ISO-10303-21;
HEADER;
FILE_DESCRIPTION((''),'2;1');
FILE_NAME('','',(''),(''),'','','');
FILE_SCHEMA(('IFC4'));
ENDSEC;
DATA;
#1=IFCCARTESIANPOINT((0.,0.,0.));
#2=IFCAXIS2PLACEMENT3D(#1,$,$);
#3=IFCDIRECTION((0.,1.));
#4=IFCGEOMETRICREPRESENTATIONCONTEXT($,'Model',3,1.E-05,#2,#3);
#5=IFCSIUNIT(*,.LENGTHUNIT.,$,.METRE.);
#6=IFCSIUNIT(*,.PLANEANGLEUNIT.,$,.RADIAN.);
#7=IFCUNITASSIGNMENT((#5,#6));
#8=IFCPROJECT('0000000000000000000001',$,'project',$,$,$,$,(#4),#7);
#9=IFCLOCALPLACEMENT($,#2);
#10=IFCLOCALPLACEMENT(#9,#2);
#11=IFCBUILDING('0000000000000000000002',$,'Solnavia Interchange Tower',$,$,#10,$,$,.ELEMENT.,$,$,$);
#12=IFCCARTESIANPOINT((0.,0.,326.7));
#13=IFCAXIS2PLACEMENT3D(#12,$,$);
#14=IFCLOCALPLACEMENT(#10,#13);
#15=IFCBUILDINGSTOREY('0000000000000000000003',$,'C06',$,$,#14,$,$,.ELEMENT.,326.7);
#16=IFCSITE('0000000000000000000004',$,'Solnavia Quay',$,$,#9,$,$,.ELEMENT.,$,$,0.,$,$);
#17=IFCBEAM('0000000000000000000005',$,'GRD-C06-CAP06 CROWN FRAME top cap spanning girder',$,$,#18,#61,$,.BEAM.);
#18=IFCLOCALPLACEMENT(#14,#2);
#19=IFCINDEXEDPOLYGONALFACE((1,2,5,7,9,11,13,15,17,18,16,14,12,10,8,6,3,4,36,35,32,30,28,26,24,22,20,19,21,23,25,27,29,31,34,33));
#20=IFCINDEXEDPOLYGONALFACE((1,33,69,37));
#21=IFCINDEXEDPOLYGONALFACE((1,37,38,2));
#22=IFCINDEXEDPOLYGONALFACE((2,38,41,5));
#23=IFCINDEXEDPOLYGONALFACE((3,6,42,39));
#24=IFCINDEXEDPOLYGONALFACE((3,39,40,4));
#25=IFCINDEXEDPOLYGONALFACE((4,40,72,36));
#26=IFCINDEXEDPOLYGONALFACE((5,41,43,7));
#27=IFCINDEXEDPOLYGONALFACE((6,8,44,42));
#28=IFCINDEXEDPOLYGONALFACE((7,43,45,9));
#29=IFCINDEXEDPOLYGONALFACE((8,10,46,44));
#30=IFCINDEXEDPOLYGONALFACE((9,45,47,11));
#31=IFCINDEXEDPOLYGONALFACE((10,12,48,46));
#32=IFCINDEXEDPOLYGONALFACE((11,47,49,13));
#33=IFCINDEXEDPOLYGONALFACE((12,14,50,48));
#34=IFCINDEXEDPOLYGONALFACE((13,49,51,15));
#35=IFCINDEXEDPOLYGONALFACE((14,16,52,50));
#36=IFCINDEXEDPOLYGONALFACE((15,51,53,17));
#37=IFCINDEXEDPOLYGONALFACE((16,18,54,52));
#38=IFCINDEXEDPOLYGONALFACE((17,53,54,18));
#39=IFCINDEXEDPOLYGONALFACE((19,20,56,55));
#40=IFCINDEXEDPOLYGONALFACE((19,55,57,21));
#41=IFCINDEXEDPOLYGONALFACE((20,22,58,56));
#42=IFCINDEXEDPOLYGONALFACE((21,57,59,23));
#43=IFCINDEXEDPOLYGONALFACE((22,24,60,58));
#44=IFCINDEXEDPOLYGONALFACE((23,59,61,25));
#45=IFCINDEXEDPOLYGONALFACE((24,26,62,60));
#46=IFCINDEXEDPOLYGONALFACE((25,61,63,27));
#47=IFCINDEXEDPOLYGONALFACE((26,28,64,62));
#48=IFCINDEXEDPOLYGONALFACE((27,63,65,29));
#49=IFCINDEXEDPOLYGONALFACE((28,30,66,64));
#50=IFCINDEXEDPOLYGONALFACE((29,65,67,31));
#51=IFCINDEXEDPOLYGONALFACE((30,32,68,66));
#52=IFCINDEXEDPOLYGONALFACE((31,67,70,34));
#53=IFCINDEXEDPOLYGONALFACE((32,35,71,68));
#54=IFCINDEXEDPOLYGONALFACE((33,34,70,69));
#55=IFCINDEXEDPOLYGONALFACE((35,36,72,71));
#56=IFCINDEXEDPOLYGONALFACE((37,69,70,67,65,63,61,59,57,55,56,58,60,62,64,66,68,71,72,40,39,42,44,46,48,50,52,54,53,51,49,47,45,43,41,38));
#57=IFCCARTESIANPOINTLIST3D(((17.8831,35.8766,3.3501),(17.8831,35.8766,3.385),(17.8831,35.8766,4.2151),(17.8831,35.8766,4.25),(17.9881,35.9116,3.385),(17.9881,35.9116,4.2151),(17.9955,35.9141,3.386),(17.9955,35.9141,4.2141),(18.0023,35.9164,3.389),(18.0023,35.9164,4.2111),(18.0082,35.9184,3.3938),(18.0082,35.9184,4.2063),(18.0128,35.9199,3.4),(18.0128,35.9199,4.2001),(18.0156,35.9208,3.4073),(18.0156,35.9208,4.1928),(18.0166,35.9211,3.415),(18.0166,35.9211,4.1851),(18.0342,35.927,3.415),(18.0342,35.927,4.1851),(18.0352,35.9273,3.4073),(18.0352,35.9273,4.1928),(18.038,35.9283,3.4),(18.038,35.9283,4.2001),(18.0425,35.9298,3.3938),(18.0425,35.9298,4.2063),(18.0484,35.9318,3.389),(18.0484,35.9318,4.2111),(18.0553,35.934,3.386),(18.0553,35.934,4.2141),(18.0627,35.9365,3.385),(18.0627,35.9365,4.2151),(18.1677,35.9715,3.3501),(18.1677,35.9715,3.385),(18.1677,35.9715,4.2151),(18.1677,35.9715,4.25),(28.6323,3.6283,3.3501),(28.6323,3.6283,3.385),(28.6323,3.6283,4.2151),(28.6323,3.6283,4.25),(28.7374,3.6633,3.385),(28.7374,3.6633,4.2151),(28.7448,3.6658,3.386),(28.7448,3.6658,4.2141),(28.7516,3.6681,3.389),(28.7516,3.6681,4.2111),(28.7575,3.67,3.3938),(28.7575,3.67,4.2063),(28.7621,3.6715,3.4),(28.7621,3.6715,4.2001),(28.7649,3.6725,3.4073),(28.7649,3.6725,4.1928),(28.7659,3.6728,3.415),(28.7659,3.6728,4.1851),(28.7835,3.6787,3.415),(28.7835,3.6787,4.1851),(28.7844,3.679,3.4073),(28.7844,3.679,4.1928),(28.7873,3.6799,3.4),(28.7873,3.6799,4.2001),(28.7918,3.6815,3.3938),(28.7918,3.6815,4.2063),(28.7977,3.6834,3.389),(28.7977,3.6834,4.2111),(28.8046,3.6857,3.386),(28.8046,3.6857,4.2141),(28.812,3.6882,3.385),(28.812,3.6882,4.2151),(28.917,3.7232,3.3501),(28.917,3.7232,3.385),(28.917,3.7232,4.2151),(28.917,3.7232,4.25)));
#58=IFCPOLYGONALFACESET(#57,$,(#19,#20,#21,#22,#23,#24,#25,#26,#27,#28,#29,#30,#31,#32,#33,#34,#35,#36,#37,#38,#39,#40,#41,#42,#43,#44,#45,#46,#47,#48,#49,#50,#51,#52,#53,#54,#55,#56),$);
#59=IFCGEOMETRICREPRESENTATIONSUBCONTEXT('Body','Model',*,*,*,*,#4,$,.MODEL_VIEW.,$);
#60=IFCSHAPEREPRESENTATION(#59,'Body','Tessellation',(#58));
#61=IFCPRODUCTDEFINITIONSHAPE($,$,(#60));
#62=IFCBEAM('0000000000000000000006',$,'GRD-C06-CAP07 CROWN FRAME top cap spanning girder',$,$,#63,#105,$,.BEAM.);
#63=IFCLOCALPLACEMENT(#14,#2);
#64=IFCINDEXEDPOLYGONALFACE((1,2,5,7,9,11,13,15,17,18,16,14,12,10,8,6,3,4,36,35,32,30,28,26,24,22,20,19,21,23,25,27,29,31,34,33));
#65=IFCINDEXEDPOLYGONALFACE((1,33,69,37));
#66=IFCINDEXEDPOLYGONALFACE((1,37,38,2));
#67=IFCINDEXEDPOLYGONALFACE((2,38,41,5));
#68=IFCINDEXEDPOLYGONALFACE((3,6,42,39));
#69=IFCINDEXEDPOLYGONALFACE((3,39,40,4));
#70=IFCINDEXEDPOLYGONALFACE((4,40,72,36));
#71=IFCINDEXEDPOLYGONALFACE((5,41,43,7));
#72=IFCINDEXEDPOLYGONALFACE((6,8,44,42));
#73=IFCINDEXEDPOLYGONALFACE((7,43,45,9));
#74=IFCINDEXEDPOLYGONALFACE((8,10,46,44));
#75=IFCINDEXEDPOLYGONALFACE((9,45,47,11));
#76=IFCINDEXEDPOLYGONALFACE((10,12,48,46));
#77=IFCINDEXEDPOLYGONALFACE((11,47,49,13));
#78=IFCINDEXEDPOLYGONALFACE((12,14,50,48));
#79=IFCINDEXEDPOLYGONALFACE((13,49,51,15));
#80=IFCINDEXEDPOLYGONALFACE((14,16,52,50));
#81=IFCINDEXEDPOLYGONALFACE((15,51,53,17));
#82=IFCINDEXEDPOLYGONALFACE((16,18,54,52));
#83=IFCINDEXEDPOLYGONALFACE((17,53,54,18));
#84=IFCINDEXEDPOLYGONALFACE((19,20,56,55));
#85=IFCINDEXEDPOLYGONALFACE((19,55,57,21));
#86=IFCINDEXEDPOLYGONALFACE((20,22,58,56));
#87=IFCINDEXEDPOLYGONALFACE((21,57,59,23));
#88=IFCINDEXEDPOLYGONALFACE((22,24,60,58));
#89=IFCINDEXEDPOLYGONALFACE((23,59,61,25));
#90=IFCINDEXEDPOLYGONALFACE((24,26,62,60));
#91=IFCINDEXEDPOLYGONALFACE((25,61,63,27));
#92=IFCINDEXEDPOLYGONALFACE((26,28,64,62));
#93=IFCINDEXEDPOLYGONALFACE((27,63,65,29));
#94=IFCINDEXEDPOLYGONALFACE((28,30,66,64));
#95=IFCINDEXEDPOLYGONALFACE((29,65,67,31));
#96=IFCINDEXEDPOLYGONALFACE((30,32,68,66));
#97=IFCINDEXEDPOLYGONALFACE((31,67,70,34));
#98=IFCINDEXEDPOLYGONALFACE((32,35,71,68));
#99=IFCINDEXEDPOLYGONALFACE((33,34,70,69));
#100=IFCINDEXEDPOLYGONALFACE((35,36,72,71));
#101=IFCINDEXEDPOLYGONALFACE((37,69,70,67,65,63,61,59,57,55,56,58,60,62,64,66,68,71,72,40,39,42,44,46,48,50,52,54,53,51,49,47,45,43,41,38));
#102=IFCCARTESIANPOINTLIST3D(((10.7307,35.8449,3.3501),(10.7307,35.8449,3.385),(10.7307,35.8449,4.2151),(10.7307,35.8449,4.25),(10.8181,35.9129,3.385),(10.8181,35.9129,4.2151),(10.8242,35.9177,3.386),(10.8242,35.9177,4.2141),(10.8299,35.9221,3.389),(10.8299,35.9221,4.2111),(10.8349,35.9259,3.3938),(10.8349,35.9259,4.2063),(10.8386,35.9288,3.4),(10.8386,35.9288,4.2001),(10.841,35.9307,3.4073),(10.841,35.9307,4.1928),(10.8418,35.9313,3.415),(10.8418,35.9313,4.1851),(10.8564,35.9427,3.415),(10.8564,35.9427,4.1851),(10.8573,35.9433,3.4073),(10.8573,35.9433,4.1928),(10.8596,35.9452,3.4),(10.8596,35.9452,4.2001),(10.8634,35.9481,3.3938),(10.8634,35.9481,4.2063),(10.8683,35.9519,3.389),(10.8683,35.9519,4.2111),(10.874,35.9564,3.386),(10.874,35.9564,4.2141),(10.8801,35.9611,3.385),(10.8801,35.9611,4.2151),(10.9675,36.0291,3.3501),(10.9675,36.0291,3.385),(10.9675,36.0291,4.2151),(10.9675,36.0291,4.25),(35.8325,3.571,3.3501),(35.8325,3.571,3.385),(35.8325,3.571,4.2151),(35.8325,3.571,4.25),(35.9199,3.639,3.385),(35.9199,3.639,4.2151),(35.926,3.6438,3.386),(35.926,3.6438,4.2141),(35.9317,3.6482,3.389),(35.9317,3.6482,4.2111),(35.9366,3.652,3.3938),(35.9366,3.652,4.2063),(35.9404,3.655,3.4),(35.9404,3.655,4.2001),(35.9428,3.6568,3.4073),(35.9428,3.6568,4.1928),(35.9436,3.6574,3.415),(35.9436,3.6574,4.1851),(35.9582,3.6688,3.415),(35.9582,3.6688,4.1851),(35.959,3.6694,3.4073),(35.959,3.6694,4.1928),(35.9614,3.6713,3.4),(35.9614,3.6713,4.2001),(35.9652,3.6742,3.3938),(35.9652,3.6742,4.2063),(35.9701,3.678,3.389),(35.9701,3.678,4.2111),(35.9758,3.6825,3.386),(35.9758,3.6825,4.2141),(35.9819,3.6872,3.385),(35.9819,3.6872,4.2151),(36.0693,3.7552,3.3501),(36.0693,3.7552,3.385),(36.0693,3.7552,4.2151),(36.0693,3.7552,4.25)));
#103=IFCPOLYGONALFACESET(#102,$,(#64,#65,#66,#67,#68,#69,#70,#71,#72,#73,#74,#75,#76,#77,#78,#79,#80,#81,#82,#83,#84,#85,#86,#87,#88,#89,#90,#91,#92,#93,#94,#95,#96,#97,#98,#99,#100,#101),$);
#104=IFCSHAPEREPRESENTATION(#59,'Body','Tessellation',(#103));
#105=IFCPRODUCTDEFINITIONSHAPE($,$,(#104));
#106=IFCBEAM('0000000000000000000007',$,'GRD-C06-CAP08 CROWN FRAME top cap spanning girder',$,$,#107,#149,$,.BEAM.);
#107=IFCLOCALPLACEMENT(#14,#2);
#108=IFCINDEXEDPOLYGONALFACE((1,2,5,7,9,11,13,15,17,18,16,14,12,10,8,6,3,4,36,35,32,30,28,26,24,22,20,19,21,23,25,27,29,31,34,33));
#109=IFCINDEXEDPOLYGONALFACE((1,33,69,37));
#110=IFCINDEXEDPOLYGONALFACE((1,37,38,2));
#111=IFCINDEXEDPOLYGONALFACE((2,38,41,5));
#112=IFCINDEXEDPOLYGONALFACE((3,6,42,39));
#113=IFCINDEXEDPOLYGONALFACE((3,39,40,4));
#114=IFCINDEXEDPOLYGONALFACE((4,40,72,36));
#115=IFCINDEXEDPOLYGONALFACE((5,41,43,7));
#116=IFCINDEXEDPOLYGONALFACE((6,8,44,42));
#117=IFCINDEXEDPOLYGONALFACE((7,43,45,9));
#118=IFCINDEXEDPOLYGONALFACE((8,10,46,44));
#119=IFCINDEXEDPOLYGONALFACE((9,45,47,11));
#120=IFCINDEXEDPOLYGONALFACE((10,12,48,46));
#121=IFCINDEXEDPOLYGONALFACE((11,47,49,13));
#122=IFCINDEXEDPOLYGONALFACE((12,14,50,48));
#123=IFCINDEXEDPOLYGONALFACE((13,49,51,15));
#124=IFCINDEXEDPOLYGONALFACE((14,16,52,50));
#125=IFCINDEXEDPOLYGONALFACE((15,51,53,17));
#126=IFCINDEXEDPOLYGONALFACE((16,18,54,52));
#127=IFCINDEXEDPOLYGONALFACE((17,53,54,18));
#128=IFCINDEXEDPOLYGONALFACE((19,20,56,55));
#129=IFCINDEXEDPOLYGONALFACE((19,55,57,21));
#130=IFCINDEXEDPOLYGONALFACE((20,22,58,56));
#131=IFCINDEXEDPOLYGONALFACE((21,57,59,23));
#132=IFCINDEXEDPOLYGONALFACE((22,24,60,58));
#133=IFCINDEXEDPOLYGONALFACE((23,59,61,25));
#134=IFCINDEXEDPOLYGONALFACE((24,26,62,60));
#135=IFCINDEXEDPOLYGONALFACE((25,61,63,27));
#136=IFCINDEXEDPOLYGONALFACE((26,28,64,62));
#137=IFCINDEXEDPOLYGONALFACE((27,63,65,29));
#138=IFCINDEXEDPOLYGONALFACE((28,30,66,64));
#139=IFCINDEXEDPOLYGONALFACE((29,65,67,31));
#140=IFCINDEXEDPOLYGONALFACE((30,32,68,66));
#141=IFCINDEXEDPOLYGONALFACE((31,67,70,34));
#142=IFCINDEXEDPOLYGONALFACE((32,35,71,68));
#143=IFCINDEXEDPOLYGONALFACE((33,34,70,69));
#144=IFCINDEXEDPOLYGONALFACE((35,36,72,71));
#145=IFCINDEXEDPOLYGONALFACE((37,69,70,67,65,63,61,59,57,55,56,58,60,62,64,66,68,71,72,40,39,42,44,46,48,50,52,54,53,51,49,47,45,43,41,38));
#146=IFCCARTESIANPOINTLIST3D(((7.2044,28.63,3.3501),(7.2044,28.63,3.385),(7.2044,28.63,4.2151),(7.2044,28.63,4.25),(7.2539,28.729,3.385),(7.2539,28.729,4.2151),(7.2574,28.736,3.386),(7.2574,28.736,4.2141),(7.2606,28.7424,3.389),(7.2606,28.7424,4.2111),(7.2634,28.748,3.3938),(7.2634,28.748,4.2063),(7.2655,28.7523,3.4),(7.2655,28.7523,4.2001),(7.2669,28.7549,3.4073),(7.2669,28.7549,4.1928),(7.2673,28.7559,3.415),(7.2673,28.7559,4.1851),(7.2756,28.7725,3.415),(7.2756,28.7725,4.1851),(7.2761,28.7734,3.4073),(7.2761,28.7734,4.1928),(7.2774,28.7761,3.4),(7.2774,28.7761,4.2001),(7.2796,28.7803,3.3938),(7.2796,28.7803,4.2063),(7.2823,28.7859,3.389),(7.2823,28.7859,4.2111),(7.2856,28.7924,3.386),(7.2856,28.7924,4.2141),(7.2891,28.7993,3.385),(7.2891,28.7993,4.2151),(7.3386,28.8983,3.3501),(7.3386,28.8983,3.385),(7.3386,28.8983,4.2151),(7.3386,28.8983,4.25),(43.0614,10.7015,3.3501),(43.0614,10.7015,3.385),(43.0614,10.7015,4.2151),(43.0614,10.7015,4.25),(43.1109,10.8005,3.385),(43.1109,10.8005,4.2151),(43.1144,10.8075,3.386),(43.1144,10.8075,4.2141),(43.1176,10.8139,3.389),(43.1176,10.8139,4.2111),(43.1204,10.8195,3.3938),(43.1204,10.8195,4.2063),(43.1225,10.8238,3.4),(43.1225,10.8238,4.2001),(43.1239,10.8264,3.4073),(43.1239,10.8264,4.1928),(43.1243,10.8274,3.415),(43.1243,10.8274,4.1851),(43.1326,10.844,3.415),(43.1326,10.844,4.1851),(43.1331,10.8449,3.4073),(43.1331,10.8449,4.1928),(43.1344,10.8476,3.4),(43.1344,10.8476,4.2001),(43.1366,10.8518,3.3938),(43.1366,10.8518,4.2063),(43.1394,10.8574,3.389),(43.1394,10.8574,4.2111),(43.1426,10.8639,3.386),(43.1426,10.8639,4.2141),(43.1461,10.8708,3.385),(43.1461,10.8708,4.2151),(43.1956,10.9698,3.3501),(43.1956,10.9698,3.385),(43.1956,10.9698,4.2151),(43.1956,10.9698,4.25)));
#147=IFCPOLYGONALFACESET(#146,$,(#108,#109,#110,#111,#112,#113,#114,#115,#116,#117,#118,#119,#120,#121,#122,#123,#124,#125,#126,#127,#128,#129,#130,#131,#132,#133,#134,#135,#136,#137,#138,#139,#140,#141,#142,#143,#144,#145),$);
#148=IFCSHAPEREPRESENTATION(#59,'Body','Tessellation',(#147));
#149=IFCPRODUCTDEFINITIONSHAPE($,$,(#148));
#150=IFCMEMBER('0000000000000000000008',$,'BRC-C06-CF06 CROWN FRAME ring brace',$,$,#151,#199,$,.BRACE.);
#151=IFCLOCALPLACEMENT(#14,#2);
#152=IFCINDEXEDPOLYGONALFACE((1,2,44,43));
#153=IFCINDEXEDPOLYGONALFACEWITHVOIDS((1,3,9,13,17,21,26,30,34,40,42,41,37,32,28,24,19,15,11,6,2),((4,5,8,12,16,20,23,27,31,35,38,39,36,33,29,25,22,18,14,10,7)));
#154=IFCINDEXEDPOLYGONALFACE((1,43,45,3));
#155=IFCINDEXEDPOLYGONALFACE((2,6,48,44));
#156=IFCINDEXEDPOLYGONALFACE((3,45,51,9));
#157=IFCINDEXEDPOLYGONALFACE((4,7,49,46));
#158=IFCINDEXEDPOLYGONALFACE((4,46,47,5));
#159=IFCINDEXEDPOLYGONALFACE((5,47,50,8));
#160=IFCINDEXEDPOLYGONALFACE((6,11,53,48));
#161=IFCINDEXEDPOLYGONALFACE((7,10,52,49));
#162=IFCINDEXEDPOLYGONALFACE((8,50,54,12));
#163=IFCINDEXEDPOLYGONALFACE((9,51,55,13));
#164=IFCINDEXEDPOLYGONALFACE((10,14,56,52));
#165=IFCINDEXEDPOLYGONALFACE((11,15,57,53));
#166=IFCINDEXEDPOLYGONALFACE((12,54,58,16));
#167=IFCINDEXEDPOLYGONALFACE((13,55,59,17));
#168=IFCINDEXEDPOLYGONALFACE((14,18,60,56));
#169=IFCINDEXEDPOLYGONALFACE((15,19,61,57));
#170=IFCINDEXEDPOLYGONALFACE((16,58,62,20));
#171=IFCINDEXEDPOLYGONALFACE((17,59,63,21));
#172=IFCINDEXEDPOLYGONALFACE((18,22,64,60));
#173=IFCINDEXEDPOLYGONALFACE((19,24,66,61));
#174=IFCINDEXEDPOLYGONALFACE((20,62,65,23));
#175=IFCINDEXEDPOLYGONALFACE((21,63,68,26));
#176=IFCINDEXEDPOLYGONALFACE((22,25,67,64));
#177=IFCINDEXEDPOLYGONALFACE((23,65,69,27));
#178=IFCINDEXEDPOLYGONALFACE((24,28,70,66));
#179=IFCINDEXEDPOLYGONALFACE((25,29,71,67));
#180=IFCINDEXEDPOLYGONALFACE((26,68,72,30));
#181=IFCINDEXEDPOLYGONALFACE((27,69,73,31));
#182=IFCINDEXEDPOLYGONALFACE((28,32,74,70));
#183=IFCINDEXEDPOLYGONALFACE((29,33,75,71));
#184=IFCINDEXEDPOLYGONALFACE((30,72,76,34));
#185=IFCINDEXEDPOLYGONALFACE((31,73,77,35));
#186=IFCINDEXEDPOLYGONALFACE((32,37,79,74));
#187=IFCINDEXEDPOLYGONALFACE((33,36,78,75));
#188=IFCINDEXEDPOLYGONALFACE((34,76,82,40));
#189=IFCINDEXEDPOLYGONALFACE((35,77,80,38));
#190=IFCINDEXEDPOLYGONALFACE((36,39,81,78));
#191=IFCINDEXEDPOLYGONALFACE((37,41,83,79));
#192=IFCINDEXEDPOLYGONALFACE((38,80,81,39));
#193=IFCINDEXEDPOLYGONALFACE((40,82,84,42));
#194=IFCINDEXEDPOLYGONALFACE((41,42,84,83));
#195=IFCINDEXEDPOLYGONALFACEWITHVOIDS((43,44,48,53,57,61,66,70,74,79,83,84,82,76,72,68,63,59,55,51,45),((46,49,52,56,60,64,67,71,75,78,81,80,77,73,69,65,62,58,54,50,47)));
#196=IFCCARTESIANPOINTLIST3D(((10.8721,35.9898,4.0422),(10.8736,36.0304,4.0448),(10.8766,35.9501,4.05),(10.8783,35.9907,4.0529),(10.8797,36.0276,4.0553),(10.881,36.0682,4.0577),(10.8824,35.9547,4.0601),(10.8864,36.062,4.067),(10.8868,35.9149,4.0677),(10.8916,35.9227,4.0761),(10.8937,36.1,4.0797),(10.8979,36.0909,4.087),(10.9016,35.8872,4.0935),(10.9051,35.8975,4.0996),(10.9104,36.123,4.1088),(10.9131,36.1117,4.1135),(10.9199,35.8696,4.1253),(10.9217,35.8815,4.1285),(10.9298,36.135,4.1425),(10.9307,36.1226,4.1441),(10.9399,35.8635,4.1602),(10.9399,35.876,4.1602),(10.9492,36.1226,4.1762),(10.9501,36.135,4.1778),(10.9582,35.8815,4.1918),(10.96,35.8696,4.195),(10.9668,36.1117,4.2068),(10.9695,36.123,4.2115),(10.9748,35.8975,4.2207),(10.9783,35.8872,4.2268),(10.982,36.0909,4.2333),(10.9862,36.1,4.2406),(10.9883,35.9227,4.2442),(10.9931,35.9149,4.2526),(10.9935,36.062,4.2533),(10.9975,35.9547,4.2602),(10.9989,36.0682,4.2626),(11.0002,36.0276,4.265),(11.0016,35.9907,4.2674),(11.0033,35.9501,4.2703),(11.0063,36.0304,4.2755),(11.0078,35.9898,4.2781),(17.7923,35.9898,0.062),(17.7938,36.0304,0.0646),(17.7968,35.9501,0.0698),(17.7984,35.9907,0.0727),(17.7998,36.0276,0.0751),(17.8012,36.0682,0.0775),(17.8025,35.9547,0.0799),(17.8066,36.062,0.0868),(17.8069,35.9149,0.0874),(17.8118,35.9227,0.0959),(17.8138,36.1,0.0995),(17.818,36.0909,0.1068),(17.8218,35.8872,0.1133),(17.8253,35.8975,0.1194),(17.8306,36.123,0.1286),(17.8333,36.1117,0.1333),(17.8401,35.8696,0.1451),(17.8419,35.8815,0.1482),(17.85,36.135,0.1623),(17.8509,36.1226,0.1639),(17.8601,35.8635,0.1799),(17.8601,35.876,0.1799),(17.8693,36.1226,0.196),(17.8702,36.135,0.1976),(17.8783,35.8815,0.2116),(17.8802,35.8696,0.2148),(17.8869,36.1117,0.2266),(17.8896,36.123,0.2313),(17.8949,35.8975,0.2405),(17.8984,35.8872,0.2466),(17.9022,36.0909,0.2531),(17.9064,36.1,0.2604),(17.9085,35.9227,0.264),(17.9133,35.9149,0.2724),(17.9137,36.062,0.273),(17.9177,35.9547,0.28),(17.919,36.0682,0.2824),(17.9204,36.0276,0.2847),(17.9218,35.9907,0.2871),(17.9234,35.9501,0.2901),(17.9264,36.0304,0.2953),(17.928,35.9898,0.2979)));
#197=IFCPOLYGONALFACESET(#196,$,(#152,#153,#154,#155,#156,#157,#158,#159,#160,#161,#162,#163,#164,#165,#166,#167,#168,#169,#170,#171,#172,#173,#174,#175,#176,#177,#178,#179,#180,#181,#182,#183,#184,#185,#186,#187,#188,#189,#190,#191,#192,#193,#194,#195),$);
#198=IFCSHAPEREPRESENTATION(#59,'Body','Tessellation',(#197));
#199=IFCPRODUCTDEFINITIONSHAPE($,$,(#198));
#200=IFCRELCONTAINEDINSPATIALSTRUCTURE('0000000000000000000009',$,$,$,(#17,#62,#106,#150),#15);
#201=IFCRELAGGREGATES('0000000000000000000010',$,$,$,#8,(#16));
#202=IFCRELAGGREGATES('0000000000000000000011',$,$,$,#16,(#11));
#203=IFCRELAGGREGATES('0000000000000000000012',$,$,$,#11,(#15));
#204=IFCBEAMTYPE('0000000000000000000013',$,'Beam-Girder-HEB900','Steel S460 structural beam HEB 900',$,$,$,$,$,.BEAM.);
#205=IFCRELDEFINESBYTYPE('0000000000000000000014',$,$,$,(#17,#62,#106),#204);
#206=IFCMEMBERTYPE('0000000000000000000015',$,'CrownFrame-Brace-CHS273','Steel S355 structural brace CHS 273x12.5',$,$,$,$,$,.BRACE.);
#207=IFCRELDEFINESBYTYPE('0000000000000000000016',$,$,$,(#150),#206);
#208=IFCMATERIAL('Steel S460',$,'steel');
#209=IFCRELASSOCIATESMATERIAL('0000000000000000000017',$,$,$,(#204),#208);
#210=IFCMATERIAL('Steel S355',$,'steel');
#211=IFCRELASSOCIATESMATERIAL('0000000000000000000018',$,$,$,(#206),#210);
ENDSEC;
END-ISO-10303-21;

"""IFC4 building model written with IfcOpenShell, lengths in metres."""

from ifc_helpers import new_model, si_unit, direction, frame, origin, origin_2d, place, context, subcontext, project, spatial, hollow_circle, i_section, extrude, material, material_profile, profile_set, type_object, element, save


model = new_model("IFC4")

# Units and contexts
model_context = context("Model", 3, precision=1e-05, world=origin(), true_north=direction((0.0, 1.0)))
body_context = subcontext(model_context, "Body", "Model", "MODEL_VIEW")
ifc_project = project(units=[si_unit("LENGTHUNIT", "METRE"), si_unit("PLANEANGLEUNIT", "RADIAN")], contexts=[model_context])

# Site, building, storey
site_placement = place(None, origin())
site = spatial("IfcSite", under=ifc_project, at=site_placement, Name="Solnavia Quay", CompositionType="ELEMENT", RefElevation=0.0)
building_placement = place(site_placement, origin())
building = spatial("IfcBuilding", under=site, at=building_placement, Name="Solnavia Interchange Tower", CompositionType="ELEMENT")
storey_placement = place(building_placement, frame((0.0, 0.0, 326.7)))
storey = spatial("IfcBuildingStorey", under=building, at=storey_placement, Name="C06", CompositionType="ELEMENT", Elevation=326.7)

# Shared definitions
ifc_material_1 = material(Name="Steel S460", Category="steel")

# Beams
ifc_material_profile_1 = material_profile(ifc_material_1, i_section(OverallWidth=0.3, OverallDepth=0.8999, WebThickness=0.0186, FlangeThickness=0.0349, FilletRadius=0.03, at=origin_2d()), Name="HEB 900")
ifc_profile_set_1 = profile_set([ifc_material_profile_1], Name="Steel S460")
beam_type_1 = type_object("IfcBeamType", Name="Beam-Girder-HEB900", Description="Steel S460 structural beam HEB 900", PredefinedType="BEAM", material=ifc_profile_set_1)
beam_1_placement = place(storey_placement, frame((18.0254, 35.9241, 3.8), z_axis=(0.316223, -0.948685, 0.0), x_axis=(0.948685, 0.316223, 0.0)))
element("IfcBeam", 1, at=beam_1_placement, inside=storey, type_object=beam_type_1, Name="GRD-C06-CAP06 CROWN FRAME top cap spanning girder", PredefinedType="BEAM", context=body_context, shape_type="SweptSolid", body=[
    extrude(i_section(OverallWidth=0.3, OverallDepth=0.8999, WebThickness=0.0186, FlangeThickness=0.0349, FilletRadius=0.03, at=origin_2d()), origin(), (0.0, 0.0, 1.0), 33.9927),
])
beam_2_placement = place(storey_placement, frame((10.8491, 35.937, 3.8), z_axis=(0.613939, -0.789354, 0.0), x_axis=(0.789354, 0.613939, 0.0)))
element("IfcBeam", 2, at=beam_2_placement, inside=storey, type_object=beam_type_1, Name="GRD-C06-CAP07 CROWN FRAME top cap spanning girder", PredefinedType="BEAM", context=body_context, shape_type="SweptSolid", body=[
    extrude(i_section(OverallWidth=0.3, OverallDepth=0.8999, WebThickness=0.0186, FlangeThickness=0.0349, FilletRadius=0.03, at=origin_2d()), origin(), (0.0, 0.0, 1.0), 40.8865),
])
beam_3_placement = place(storey_placement, frame((7.2715, 28.7642, 3.8), z_axis=(0.894427, -0.447214, 0.0), x_axis=(0.447214, 0.894427, 0.0)))
element("IfcBeam", 3, at=beam_3_placement, inside=storey, type_object=beam_type_1, Name="GRD-C06-CAP08 CROWN FRAME top cap spanning girder", PredefinedType="BEAM", context=body_context, shape_type="SweptSolid", body=[
    extrude(i_section(OverallWidth=0.3, OverallDepth=0.8999, WebThickness=0.0186, FlangeThickness=0.0349, FilletRadius=0.03, at=origin_2d()), origin(), (0.0, 0.0, 1.0), 40.0894),
])

# Member
ifc_material_2 = material(Name="Steel S355", Category="steel")
ifc_material_profile_2 = material_profile(ifc_material_2, hollow_circle(Radius=0.1365, WallThickness=0.0125, at=origin_2d()), Name="CHS 273x12.5")
ifc_profile_set_2 = profile_set([ifc_material_profile_2], Name="Steel S355")
member_type = type_object("IfcMemberType", Name="CrownFrame-Brace-CHS273", Description="Steel S355 structural brace CHS 273x12.5", PredefinedType="BRACE", material=ifc_profile_set_2)
member_1_placement = place(storey_placement, frame((17.8601, 36.0, 0.1799), z_axis=(-0.866845, 0.0, 0.498577), x_axis=(0.0, -1.0, 0.0)))
element("IfcMember", 4, at=member_1_placement, inside=storey, type_object=member_type, Name="BRC-C06-CF06 CROWN FRAME ring brace", PredefinedType="BRACE", context=body_context, shape_type="SweptSolid", body=[
    extrude(hollow_circle(Radius=0.1365, WallThickness=0.0125, at=origin_2d()), origin(), (0.0, 0.0, 1.0), 7.9832),
])

save(model, "model.ifc")
